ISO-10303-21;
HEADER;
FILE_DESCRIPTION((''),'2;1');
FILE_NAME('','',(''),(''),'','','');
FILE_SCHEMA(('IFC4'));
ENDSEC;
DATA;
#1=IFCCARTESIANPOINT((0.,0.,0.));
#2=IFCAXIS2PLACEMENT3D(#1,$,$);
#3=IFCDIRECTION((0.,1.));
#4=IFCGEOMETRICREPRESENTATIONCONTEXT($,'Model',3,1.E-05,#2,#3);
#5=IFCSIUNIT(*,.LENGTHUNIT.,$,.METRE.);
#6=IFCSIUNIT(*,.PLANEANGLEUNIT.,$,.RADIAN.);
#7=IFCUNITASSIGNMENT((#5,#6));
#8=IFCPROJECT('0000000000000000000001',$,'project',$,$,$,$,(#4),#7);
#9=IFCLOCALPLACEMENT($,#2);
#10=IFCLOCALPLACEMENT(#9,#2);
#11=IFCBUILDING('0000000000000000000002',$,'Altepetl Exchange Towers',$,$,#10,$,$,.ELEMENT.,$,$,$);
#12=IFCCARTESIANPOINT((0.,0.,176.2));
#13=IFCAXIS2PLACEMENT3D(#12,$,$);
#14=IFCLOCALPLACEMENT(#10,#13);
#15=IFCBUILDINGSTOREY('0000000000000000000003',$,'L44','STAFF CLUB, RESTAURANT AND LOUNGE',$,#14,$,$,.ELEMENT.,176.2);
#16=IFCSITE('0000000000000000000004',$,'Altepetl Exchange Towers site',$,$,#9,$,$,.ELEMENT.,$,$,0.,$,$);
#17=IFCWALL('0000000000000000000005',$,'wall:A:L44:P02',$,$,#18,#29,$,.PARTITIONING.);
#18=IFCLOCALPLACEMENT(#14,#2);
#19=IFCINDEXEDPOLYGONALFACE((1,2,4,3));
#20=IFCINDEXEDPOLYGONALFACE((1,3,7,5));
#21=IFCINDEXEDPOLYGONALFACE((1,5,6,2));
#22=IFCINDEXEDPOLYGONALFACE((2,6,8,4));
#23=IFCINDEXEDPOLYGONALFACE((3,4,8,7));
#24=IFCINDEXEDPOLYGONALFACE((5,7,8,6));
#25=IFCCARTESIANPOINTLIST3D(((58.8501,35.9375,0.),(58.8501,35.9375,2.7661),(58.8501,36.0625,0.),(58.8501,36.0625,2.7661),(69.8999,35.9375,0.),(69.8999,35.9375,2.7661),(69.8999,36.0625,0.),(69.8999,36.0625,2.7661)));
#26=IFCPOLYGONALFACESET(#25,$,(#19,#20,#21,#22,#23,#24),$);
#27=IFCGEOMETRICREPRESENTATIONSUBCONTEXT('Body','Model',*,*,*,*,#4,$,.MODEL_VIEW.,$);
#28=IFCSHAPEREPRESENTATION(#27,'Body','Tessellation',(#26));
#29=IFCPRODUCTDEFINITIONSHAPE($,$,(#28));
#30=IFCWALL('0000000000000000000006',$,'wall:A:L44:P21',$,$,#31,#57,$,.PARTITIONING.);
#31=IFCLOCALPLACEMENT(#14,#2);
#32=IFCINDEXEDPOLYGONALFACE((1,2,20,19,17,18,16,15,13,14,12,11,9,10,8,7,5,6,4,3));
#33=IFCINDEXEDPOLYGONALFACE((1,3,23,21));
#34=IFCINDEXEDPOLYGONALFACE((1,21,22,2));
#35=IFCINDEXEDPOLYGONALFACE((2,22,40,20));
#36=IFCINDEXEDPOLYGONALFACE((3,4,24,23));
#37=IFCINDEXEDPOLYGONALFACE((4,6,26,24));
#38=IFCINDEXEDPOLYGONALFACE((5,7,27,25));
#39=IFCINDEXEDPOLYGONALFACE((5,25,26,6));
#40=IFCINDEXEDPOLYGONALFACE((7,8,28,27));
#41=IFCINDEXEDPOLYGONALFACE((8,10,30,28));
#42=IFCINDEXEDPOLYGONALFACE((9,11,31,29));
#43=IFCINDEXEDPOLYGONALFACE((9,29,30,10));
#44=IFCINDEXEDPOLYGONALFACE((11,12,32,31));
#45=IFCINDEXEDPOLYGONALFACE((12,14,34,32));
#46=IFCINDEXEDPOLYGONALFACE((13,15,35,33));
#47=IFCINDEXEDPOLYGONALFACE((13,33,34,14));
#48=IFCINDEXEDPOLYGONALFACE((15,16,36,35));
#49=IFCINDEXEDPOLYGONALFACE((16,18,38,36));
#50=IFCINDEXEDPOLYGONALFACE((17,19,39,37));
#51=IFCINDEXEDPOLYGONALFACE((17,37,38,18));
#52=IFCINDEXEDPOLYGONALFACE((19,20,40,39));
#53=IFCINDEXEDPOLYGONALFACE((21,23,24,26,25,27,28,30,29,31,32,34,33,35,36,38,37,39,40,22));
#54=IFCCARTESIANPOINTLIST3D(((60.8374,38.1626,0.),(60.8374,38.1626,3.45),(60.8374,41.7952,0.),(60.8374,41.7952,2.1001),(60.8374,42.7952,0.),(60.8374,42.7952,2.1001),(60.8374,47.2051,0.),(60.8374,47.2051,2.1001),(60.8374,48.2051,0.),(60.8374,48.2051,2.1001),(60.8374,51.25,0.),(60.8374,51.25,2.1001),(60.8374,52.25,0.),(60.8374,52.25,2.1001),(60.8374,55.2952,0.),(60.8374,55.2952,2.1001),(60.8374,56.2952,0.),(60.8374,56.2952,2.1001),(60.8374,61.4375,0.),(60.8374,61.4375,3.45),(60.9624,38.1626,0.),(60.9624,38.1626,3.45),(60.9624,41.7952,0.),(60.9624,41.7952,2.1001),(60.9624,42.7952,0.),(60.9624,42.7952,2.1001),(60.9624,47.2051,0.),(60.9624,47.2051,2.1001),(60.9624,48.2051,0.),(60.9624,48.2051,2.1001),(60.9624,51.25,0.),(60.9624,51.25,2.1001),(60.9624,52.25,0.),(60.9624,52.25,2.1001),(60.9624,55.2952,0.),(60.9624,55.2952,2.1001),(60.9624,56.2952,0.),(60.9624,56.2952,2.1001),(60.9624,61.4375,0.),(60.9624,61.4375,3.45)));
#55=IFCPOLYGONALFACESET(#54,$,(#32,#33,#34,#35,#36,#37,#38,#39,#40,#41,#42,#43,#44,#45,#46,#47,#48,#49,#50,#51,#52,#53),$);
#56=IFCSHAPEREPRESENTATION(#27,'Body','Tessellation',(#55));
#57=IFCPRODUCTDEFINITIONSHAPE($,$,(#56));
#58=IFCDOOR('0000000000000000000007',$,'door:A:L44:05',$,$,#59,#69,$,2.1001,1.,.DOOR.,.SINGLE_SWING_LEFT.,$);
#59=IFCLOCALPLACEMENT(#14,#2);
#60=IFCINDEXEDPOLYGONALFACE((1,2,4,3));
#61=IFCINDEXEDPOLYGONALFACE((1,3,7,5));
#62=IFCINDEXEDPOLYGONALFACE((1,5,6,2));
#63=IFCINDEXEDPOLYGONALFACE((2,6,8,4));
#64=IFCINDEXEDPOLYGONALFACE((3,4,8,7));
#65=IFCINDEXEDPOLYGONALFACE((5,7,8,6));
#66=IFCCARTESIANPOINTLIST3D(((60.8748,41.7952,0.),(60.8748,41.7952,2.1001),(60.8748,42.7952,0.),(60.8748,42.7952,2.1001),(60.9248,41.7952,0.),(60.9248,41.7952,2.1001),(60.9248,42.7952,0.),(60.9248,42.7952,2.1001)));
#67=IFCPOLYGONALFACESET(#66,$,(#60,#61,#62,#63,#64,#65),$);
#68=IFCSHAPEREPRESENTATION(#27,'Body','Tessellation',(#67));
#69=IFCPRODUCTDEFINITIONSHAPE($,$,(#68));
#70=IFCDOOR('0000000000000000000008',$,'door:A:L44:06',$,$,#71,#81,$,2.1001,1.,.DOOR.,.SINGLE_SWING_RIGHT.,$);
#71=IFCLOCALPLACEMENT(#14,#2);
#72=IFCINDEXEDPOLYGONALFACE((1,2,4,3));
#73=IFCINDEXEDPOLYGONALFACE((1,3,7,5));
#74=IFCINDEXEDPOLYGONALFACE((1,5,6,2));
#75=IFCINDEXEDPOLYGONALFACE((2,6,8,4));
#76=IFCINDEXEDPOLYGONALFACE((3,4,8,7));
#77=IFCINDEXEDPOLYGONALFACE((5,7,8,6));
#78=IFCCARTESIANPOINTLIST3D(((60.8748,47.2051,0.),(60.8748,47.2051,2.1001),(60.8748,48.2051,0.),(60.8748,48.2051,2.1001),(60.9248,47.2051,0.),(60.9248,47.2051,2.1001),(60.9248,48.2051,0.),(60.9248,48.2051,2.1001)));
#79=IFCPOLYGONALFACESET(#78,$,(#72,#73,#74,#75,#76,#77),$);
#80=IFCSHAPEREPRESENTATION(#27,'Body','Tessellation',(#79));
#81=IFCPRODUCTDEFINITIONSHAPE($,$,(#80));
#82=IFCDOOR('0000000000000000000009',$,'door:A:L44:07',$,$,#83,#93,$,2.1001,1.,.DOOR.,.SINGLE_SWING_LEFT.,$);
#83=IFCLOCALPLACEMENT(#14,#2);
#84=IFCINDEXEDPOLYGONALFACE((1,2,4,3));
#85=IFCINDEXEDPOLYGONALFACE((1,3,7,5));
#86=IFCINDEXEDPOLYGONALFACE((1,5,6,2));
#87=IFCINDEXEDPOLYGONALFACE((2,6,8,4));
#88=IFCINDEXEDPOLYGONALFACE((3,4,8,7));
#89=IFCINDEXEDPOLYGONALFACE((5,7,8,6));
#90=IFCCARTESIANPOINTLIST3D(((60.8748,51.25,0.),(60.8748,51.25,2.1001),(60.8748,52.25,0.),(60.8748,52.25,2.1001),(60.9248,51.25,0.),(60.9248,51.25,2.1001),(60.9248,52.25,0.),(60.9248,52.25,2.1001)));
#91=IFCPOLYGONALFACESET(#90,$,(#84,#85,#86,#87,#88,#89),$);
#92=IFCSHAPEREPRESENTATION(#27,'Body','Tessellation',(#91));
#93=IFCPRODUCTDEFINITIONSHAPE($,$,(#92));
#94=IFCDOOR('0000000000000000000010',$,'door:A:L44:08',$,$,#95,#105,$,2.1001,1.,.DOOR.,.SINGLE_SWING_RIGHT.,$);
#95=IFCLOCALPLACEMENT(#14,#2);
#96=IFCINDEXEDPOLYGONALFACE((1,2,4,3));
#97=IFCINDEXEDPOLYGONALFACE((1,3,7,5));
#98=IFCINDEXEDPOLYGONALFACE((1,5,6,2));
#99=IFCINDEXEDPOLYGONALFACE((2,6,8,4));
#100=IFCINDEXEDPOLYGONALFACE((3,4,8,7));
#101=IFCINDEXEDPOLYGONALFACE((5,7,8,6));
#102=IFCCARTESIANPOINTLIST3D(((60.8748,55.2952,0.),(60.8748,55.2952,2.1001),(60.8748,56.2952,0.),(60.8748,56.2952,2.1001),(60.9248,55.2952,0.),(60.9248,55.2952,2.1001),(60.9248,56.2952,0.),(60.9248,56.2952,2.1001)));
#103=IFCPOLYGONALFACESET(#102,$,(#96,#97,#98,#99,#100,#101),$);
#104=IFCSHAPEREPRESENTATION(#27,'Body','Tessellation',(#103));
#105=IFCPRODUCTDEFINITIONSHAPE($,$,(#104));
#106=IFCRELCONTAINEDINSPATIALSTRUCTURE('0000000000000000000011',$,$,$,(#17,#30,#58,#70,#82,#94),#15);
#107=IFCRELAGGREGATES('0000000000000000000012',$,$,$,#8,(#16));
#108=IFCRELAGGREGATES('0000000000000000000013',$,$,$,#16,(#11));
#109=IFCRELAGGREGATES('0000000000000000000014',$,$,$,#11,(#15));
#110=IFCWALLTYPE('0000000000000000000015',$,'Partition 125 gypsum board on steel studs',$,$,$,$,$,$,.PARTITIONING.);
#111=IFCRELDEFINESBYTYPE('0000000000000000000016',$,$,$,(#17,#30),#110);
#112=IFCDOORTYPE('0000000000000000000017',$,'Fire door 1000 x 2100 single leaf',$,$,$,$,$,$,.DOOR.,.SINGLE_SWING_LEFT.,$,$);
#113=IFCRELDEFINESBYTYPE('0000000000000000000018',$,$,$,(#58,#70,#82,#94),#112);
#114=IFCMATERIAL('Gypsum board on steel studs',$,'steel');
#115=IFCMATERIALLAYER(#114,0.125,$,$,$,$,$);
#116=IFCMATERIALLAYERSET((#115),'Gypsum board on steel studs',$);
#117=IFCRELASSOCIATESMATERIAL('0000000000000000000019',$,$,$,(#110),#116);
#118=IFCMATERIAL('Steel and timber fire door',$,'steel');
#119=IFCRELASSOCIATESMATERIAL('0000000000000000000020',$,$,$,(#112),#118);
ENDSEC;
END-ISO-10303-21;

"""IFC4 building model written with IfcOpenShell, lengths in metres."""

from ifc_helpers import new_model, si_unit, direction, frame, frame_2d, origin, place, context, subcontext, project, spatial, rectangle, extrude, material, layer, layer_set, type_object, element, fill, save


model = new_model("IFC4")

# Units and contexts
model_context = context("Model", 3, precision=1e-05, world=origin(), true_north=direction((0.0, 1.0)))
body_context = subcontext(model_context, "Body", "Model", "MODEL_VIEW")
ifc_project = project(units=[si_unit("LENGTHUNIT", "METRE"), si_unit("PLANEANGLEUNIT", "RADIAN")], contexts=[model_context])

# Site, building, storey
site_placement = place(None, origin())
site = spatial("IfcSite", under=ifc_project, at=site_placement, Name="Altepetl Exchange Towers site", CompositionType="ELEMENT", RefElevation=0.0)
building_placement = place(site_placement, origin())
building = spatial("IfcBuilding", under=site, at=building_placement, Name="Altepetl Exchange Towers", CompositionType="ELEMENT")
storey_placement = place(building_placement, frame((0.0, 0.0, 176.2)))
storey = spatial("IfcBuildingStorey", under=building, at=storey_placement, Name="L44", Description="STAFF CLUB, RESTAURANT AND LOUNGE", CompositionType="ELEMENT", Elevation=176.2)

# Wall
ifc_material_1 = material(Name="Gypsum board on steel studs", Category="steel")
ifc_layer_1 = layer(ifc_material_1, 0.125)
ifc_layer_set_1 = layer_set([ifc_layer_1], Name="Gypsum board on steel studs")
wall_type = type_object("IfcWallType", Name="Partition 125 gypsum board on steel studs", PredefinedType="PARTITIONING", material=ifc_layer_set_1)
wall_1_placement = place(storey_placement, frame((58.8501, 36.0, 0.0)))
element("IfcWall", 1, at=wall_1_placement, inside=storey, type_object=wall_type, Name="wall:A:L44:P02", PredefinedType="PARTITIONING", context=body_context, shape_type="SweptSolid", body=[
    extrude(rectangle(XDim=11.0498, YDim=0.125, at=frame_2d((5.5249, 0.0))), origin(), (0.0, 0.0, 1.0), 2.7661),
])

# Wall, openings, doors
wall_2_placement = place(storey_placement, frame((60.8999, 38.1626, 0.0), z_axis=(0.0, 0.0, 1.0), x_axis=(0.0, 1.0, 0.0)))
wall_2 = element("IfcWall", 2, at=wall_2_placement, inside=storey, type_object=wall_type, Name="wall:A:L44:P21", PredefinedType="PARTITIONING", context=body_context, shape_type="SweptSolid", body=[
    extrude(rectangle(XDim=23.2749, YDim=0.125, at=frame_2d((11.6375, 0.0))), origin(), (0.0, 0.0, 1.0), 3.45),
])
opening_1_placement = place(wall_2_placement, frame((3.6326, 0.0, 0.0)))
opening_1 = element("IfcOpeningElement", 3, at=opening_1_placement, cuts=wall_2, PredefinedType="OPENING", context=body_context, shape_type="SweptSolid", body=[
    extrude(rectangle(XDim=1.0, YDim=2.1001, at=frame_2d((0.5, 1.05))), frame((0.0, 0.0725, 0.0), z_axis=(0.0, -1.0, 0.0), x_axis=(1.0, 0.0, 0.0)), (0.0, 0.0, 1.0), 0.145),
])
opening_2_placement = place(wall_2_placement, frame((9.0425, 0.0, 0.0)))
opening_2 = element("IfcOpeningElement", 4, at=opening_2_placement, cuts=wall_2, PredefinedType="OPENING", context=body_context, shape_type="SweptSolid", body=[
    extrude(rectangle(XDim=1.0, YDim=2.1001, at=frame_2d((0.5, 1.05))), frame((0.0, 0.0725, 0.0), z_axis=(0.0, -1.0, 0.0), x_axis=(1.0, 0.0, 0.0)), (0.0, 0.0, 1.0), 0.145),
])
opening_3_placement = place(wall_2_placement, frame((13.0874, 0.0, 0.0)))
opening_3 = element("IfcOpeningElement", 5, at=opening_3_placement, cuts=wall_2, PredefinedType="OPENING", context=body_context, shape_type="SweptSolid", body=[
    extrude(rectangle(XDim=1.0, YDim=2.1001, at=frame_2d((0.5, 1.05))), frame((0.0, 0.0725, 0.0), z_axis=(0.0, -1.0, 0.0), x_axis=(1.0, 0.0, 0.0)), (0.0, 0.0, 1.0), 0.145),
])
opening_4_placement = place(wall_2_placement, frame((17.1326, 0.0, 0.0)))
opening_4 = element("IfcOpeningElement", 6, at=opening_4_placement, cuts=wall_2, PredefinedType="OPENING", context=body_context, shape_type="SweptSolid", body=[
    extrude(rectangle(XDim=1.0, YDim=2.1001, at=frame_2d((0.5, 1.05))), frame((0.0, 0.0725, 0.0), z_axis=(0.0, -1.0, 0.0), x_axis=(1.0, 0.0, 0.0)), (0.0, 0.0, 1.0), 0.145),
])
ifc_material_2 = material(Name="Steel and timber fire door", Category="steel")
door_type = type_object("IfcDoorType", Name="Fire door 1000 x 2100 single leaf", OperationType="SINGLE_SWING_LEFT", PredefinedType="DOOR", material=ifc_material_2)
door_1_placement = place(opening_1_placement, frame((1.0, 0.0, 0.0), x_axis=(-1.0, 0.0, 0.0)))
door_1 = element("IfcDoor", 7, at=door_1_placement, inside=storey, type_object=door_type, Name="door:A:L44:05", OperationType="SINGLE_SWING_LEFT", OverallHeight=2.1001, OverallWidth=1.0, PredefinedType="DOOR", context=body_context, shape_type="SweptSolid", body=[
    extrude(rectangle(XDim=1.0, YDim=2.1001, at=frame_2d((0.5, 1.05))), frame((0.0, 0.0249, 0.0), z_axis=(0.0, -1.0, 0.0), x_axis=(1.0, 0.0, 0.0)), (0.0, 0.0, 1.0), 0.05),
])
fill(opening_1, door_1)
door_2_placement = place(opening_2_placement, frame((1.0, 0.0, 0.0), x_axis=(-1.0, 0.0, 0.0)))
door_2 = element("IfcDoor", 8, at=door_2_placement, inside=storey, type_object=door_type, Name="door:A:L44:06", OperationType="SINGLE_SWING_RIGHT", OverallHeight=2.1001, OverallWidth=1.0, PredefinedType="DOOR", context=body_context, shape_type="SweptSolid", body=[
    extrude(rectangle(XDim=1.0, YDim=2.1001, at=frame_2d((0.5, 1.05))), frame((0.0, 0.0249, 0.0), z_axis=(0.0, -1.0, 0.0), x_axis=(1.0, 0.0, 0.0)), (0.0, 0.0, 1.0), 0.05),
])
fill(opening_2, door_2)
door_3_placement = place(opening_3_placement, frame((1.0, 0.0, 0.0), x_axis=(-1.0, 0.0, 0.0)))
door_3 = element("IfcDoor", 9, at=door_3_placement, inside=storey, type_object=door_type, Name="door:A:L44:07", OperationType="SINGLE_SWING_LEFT", OverallHeight=2.1001, OverallWidth=1.0, PredefinedType="DOOR", context=body_context, shape_type="SweptSolid", body=[
    extrude(rectangle(XDim=1.0, YDim=2.1001, at=frame_2d((0.5, 1.05))), frame((0.0, 0.0249, 0.0), z_axis=(0.0, -1.0, 0.0), x_axis=(1.0, 0.0, 0.0)), (0.0, 0.0, 1.0), 0.05),
])
fill(opening_3, door_3)
door_4_placement = place(opening_4_placement, frame((1.0, 0.0, 0.0), x_axis=(-1.0, 0.0, 0.0)))
door_4 = element("IfcDoor", 10, at=door_4_placement, inside=storey, type_object=door_type, Name="door:A:L44:08", OperationType="SINGLE_SWING_RIGHT", OverallHeight=2.1001, OverallWidth=1.0, PredefinedType="DOOR", context=body_context, shape_type="SweptSolid", body=[
    extrude(rectangle(XDim=1.0, YDim=2.1001, at=frame_2d((0.5, 1.05))), frame((0.0, 0.0249, 0.0), z_axis=(0.0, -1.0, 0.0), x_axis=(1.0, 0.0, 0.0)), (0.0, 0.0, 1.0), 0.05),
])
fill(opening_4, door_4)

save(model, "model.ifc")
